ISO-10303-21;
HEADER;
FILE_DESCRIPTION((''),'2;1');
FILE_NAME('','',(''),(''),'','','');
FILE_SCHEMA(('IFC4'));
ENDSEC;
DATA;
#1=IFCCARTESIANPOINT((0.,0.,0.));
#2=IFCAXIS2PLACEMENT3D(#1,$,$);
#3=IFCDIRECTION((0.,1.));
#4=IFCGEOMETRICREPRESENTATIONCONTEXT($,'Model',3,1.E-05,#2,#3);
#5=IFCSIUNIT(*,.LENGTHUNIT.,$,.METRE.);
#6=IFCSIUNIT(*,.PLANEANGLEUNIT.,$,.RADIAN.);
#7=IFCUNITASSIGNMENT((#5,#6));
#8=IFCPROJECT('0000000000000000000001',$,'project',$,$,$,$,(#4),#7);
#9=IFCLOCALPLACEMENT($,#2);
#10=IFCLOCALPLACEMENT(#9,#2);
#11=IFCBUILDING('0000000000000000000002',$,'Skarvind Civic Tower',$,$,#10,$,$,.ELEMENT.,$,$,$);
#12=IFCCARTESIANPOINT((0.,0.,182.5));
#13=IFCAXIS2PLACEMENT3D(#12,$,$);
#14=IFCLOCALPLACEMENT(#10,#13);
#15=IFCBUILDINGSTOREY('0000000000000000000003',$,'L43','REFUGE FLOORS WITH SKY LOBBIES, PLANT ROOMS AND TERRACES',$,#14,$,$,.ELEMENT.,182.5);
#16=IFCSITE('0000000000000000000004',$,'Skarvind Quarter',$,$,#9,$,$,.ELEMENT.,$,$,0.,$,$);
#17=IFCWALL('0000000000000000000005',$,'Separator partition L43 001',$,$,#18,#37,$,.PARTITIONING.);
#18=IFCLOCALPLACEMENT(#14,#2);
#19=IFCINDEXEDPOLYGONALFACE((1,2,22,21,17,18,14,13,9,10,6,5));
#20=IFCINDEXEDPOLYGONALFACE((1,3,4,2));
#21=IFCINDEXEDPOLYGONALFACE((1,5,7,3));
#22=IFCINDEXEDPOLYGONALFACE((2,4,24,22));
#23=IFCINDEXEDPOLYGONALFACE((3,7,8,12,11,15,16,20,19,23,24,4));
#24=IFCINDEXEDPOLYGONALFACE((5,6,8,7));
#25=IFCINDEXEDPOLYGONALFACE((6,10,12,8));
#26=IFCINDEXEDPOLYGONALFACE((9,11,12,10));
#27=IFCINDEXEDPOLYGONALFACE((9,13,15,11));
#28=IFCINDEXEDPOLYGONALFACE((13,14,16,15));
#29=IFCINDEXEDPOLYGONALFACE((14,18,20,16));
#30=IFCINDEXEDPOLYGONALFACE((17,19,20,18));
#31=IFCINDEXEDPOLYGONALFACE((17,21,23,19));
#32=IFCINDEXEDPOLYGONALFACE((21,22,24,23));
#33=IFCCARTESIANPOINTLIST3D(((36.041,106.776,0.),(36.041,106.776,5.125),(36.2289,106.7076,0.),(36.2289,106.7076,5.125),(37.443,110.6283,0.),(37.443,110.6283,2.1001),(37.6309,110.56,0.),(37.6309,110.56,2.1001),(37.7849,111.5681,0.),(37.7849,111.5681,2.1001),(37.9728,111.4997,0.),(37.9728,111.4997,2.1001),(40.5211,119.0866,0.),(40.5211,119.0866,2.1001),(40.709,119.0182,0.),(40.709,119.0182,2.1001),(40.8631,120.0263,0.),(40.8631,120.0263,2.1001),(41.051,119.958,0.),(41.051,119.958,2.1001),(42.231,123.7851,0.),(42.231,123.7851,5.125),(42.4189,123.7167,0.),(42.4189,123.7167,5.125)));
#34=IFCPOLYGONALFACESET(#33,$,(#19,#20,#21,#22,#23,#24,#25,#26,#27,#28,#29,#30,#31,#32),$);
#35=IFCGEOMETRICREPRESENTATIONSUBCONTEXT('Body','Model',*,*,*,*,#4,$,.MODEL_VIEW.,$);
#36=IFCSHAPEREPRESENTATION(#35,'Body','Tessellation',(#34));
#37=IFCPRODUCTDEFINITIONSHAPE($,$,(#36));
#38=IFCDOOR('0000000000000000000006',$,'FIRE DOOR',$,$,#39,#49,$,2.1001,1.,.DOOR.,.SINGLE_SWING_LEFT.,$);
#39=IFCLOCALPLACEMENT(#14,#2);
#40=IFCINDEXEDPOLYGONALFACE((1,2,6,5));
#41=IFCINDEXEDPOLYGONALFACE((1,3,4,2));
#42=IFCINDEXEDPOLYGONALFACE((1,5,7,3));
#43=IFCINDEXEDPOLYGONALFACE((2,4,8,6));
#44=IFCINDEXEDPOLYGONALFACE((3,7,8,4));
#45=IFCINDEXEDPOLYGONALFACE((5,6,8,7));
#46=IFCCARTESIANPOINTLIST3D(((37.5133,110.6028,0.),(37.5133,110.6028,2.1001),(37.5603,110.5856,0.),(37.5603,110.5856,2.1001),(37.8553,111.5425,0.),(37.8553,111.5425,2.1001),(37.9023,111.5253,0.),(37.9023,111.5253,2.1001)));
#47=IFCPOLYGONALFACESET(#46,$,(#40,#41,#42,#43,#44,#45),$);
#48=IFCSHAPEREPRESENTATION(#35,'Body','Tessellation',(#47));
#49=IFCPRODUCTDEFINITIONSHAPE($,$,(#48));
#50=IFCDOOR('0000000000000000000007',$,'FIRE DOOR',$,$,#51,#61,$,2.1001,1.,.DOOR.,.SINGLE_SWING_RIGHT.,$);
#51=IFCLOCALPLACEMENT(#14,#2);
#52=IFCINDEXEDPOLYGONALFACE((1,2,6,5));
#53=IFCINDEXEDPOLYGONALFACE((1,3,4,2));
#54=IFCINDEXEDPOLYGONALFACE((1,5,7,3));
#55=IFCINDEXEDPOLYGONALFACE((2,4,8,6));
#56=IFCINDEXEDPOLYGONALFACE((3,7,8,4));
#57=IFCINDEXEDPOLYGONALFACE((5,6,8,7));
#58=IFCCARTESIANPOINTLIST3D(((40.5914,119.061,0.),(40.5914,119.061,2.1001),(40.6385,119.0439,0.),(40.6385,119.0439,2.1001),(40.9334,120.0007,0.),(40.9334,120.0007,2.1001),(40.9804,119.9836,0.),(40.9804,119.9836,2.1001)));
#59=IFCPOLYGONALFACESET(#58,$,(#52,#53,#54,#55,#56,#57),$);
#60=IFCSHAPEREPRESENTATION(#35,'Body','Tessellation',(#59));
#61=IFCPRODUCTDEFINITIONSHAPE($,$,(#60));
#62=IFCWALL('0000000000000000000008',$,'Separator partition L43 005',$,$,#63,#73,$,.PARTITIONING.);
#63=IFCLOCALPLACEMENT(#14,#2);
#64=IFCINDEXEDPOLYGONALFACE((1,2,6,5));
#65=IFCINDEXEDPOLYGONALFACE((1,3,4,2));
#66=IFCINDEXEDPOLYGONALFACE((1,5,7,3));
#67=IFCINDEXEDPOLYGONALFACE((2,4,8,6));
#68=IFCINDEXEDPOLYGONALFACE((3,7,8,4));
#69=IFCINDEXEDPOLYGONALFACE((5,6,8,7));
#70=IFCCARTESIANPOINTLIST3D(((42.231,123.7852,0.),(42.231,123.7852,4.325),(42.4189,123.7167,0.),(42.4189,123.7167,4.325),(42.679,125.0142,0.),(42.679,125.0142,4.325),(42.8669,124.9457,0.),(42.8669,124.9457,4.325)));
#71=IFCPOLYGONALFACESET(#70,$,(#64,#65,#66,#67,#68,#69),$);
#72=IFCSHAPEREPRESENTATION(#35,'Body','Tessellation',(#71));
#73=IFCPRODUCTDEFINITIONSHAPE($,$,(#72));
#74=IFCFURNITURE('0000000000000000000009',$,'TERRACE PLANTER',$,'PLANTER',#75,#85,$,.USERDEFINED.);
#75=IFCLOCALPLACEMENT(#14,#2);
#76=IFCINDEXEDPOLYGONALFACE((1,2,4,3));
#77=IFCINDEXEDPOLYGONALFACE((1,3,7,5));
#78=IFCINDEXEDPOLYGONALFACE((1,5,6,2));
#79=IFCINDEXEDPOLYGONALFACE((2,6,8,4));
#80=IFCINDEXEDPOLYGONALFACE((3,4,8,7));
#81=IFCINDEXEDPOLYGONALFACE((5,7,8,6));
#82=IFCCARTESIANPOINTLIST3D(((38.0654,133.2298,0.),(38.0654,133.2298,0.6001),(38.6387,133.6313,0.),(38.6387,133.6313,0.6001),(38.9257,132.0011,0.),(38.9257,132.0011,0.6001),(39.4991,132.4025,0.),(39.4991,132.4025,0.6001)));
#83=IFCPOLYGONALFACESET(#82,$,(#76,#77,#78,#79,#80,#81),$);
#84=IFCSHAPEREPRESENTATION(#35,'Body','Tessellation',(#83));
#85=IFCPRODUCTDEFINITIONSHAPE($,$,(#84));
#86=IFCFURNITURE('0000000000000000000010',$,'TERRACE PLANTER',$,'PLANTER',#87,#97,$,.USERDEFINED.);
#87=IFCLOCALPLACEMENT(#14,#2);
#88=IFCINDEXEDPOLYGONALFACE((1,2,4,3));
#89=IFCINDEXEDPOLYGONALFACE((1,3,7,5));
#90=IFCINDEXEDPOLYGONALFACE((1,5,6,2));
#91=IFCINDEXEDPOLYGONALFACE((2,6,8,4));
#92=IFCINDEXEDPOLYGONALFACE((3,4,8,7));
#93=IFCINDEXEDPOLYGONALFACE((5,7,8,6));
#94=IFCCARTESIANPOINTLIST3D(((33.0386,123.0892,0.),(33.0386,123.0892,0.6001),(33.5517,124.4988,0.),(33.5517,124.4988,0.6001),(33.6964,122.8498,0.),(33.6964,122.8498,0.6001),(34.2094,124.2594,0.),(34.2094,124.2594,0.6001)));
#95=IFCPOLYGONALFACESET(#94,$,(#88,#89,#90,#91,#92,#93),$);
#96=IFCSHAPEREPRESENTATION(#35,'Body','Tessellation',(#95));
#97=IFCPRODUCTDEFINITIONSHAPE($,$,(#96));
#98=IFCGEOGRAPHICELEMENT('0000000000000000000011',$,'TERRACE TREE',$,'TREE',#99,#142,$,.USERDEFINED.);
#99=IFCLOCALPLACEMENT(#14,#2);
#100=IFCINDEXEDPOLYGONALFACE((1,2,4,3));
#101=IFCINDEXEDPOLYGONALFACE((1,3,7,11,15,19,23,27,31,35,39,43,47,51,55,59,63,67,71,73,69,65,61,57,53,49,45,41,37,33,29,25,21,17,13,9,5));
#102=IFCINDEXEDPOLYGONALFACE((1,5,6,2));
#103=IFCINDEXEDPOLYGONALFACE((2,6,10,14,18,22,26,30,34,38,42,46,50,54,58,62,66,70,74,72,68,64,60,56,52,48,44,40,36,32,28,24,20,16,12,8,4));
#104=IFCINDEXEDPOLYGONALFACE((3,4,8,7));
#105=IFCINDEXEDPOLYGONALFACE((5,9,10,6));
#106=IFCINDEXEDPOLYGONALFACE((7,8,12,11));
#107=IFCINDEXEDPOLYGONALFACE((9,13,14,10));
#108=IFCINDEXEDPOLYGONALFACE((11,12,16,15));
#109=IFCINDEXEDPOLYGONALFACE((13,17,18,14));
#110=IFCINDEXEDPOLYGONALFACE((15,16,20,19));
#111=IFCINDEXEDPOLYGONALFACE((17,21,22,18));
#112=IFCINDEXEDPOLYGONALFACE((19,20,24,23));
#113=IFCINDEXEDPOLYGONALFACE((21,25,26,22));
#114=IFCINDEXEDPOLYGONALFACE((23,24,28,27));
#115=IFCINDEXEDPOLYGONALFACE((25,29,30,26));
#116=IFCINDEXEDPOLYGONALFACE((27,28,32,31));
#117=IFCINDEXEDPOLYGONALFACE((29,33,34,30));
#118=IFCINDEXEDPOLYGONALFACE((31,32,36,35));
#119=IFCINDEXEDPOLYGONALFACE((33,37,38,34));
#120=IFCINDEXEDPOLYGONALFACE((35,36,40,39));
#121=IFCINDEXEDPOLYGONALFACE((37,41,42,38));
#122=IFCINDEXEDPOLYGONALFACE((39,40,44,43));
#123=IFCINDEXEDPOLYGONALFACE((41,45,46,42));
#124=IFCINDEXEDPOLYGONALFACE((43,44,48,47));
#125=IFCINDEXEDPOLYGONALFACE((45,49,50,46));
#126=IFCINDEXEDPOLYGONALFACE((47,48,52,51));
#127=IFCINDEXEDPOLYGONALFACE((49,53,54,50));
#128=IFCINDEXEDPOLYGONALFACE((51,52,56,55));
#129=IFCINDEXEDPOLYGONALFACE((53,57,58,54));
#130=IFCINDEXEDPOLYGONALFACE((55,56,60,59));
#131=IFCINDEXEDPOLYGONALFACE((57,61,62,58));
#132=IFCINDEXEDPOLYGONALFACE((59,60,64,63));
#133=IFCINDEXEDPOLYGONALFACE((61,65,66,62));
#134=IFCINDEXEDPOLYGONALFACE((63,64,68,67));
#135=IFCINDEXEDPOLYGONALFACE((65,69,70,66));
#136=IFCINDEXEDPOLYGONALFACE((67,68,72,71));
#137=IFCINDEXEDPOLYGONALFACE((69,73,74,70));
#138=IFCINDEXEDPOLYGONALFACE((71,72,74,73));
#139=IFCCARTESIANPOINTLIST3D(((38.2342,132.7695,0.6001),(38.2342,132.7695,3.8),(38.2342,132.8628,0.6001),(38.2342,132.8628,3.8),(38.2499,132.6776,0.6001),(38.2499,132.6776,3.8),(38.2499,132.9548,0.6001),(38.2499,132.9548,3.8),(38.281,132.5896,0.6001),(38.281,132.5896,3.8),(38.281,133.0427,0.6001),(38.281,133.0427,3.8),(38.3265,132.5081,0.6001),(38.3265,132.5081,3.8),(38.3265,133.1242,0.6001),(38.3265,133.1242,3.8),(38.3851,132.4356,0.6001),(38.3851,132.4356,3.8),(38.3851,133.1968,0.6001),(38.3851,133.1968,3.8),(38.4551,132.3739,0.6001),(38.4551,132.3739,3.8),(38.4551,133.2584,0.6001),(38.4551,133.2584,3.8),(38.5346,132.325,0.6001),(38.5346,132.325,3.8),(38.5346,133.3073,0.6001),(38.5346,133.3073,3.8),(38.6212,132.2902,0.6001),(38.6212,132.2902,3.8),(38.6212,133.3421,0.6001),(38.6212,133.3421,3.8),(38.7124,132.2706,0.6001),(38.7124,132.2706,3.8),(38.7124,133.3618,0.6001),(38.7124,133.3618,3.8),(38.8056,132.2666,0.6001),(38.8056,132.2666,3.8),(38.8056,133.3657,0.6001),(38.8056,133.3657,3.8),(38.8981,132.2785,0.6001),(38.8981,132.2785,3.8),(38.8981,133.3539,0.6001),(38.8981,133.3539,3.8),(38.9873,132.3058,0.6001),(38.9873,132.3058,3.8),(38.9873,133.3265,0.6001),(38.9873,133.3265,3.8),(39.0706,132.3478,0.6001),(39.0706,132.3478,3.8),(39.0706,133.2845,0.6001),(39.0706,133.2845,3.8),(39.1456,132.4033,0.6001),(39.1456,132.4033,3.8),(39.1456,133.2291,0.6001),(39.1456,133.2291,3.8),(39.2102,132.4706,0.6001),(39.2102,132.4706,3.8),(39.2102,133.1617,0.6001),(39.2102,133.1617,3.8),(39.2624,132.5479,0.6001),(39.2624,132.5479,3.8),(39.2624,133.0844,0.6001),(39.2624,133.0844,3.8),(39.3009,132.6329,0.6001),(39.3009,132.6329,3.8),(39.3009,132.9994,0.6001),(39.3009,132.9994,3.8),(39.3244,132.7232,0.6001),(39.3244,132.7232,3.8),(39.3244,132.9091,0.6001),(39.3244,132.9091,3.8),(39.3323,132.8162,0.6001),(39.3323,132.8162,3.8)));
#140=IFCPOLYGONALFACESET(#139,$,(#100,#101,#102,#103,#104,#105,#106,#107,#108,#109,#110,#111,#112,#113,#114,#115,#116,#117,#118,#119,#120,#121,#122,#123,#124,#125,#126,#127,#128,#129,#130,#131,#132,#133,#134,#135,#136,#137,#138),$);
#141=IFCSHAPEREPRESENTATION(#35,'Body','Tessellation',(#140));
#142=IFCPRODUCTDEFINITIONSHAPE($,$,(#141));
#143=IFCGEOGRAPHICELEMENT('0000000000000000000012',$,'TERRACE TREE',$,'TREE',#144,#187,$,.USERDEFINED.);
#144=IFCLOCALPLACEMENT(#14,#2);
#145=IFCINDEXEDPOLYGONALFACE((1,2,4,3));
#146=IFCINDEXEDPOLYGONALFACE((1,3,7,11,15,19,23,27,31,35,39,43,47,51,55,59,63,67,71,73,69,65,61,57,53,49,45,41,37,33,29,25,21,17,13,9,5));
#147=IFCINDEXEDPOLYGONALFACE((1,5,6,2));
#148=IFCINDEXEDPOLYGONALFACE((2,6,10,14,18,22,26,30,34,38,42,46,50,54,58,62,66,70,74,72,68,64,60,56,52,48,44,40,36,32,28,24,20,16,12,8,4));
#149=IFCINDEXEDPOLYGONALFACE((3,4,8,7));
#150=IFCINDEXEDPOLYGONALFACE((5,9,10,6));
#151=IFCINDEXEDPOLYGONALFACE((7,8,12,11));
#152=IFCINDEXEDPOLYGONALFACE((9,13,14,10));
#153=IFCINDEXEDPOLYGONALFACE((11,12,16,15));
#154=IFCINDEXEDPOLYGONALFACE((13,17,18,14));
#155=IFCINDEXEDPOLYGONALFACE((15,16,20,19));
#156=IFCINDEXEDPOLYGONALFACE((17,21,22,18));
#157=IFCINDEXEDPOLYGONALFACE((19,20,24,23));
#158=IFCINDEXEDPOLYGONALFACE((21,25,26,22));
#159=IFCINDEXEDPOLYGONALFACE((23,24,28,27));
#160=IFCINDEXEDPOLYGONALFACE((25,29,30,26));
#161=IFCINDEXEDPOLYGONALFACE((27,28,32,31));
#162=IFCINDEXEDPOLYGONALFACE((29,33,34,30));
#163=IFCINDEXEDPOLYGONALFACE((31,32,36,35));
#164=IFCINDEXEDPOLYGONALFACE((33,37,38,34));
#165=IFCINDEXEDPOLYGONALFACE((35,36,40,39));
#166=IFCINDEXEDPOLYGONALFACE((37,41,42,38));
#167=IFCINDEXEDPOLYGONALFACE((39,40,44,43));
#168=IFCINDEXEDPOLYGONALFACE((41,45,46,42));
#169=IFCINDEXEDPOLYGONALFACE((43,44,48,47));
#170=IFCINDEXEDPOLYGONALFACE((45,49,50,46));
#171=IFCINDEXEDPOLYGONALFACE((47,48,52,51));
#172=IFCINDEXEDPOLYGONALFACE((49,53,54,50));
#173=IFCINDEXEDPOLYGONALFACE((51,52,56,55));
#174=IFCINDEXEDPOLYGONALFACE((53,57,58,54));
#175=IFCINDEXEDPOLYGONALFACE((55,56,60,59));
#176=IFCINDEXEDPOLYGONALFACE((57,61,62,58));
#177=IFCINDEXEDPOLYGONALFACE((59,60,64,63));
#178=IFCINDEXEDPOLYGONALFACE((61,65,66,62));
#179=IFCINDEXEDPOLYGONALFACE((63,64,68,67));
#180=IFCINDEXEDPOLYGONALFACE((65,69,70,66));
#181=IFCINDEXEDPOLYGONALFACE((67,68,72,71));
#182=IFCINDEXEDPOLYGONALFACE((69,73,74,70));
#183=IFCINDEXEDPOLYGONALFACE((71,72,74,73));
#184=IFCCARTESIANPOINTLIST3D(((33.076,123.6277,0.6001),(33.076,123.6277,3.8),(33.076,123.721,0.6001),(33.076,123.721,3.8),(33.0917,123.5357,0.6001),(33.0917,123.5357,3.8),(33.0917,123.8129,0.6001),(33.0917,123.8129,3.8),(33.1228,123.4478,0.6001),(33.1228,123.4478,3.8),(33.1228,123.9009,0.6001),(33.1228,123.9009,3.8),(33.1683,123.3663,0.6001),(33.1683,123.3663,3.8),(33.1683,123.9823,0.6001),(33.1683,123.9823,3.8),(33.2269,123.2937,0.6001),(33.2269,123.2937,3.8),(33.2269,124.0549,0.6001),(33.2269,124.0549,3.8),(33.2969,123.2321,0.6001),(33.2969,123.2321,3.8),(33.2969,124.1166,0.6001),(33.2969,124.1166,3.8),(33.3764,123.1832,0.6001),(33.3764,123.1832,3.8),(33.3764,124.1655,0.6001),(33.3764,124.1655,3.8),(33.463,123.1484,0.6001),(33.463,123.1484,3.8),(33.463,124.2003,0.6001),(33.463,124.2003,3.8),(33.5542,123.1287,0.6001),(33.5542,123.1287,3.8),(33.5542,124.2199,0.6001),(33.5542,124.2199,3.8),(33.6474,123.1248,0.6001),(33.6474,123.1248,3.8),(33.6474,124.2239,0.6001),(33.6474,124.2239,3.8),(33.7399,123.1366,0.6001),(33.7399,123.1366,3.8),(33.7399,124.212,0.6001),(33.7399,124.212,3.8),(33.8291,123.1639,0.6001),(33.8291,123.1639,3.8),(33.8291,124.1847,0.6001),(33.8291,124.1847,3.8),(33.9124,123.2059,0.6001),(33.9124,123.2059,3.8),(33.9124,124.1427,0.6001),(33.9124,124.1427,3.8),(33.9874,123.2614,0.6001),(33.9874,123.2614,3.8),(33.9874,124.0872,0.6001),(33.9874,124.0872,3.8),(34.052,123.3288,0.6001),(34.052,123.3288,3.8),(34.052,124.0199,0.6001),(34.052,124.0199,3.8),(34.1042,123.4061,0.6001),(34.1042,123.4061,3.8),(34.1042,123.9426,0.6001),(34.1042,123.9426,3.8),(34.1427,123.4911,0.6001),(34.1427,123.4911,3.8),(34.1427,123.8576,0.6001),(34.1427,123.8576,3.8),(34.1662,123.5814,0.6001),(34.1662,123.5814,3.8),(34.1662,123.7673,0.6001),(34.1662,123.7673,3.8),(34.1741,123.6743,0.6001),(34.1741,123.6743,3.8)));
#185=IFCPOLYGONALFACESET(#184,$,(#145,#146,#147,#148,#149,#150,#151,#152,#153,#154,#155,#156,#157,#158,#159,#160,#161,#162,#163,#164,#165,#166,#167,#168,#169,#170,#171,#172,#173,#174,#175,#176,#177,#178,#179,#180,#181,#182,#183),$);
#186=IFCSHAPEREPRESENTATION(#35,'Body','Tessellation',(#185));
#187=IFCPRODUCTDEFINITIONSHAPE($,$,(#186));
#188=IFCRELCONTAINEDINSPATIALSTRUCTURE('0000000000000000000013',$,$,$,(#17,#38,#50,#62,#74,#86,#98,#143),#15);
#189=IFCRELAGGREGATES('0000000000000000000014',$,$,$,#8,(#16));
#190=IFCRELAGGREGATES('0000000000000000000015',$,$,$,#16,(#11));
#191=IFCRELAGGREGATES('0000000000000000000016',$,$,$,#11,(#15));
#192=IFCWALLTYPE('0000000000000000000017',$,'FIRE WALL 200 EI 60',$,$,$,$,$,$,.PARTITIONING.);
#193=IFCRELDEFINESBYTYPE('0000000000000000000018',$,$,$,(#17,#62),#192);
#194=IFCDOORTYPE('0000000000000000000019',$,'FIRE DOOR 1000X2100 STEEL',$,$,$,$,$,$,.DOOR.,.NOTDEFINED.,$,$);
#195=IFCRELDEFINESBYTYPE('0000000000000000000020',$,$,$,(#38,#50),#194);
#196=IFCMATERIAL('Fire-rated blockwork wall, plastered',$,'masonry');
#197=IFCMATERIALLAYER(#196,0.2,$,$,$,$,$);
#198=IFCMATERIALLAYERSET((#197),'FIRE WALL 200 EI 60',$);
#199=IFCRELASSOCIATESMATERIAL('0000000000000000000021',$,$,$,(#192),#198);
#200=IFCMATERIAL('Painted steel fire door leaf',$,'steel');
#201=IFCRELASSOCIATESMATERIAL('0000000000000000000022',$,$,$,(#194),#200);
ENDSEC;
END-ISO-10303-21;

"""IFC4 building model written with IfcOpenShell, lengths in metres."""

from ifc_helpers import new_model, si_unit, direction, frame, frame_2d, origin, origin_2d, place, context, subcontext, project, spatial, rectangle, circle, extrude, material, layer, layer_set, type_object, element, fill, save


model = new_model("IFC4")

# Units and contexts
model_context = context("Model", 3, precision=1e-05, world=origin(), true_north=direction((0.0, 1.0)))
body_context = subcontext(model_context, "Body", "Model", "MODEL_VIEW")
ifc_project = project(units=[si_unit("LENGTHUNIT", "METRE"), si_unit("PLANEANGLEUNIT", "RADIAN")], contexts=[model_context])

# Site, building, storey
site_placement = place(None, origin())
site = spatial("IfcSite", under=ifc_project, at=site_placement, Name="Skarvind Quarter", CompositionType="ELEMENT", RefElevation=0.0)
building_placement = place(site_placement, origin())
building = spatial("IfcBuilding", under=site, at=building_placement, Name="Skarvind Civic Tower", CompositionType="ELEMENT")
storey_placement = place(building_placement, frame((0.0, 0.0, 182.5)))
storey = spatial("IfcBuildingStorey", under=building, at=storey_placement, Name="L43", Description="REFUGE FLOORS WITH SKY LOBBIES, PLANT ROOMS AND TERRACES", CompositionType="ELEMENT", Elevation=182.5)

# Wall, openings, doors
ifc_material_1 = material(Name="Fire-rated blockwork wall, plastered", Category="masonry")
ifc_layer_1 = layer(ifc_material_1, 0.2)
ifc_layer_set_1 = layer_set([ifc_layer_1], Name="FIRE WALL 200 EI 60")
wall_type = type_object("IfcWallType", Name="FIRE WALL 200 EI 60", PredefinedType="PARTITIONING", material=ifc_layer_set_1)
wall_1_placement = place(storey_placement, frame((42.325, 123.751, 0.0), z_axis=(0.0, 0.0, 1.0), x_axis=(-0.341979, -0.939708, 0.0)))
wall_1 = element("IfcWall", 1, at=wall_1_placement, inside=storey, type_object=wall_type, Name="Separator partition L43 001", PredefinedType="PARTITIONING", context=body_context, shape_type="SweptSolid", body=[
    extrude(rectangle(XDim=18.1003, YDim=0.2, at=frame_2d((9.0503, 0.0))), origin(), (0.0, 0.0, 1.0), 5.125),
])
opening_1_placement = place(wall_1_placement, frame((13.001, 0.0, 0.0)))
opening_1 = element("IfcOpeningElement", 2, at=opening_1_placement, cuts=wall_1, PredefinedType="OPENING", context=body_context, shape_type="SweptSolid", body=[
    extrude(rectangle(XDim=1.0, YDim=2.1001, at=frame_2d((0.5, 1.05))), frame((0.0, 0.1099, 0.0), z_axis=(0.0, -1.0, 0.0), x_axis=(1.0, 0.0, 0.0)), (0.0, 0.0, 1.0), 0.22),
])
opening_2_placement = place(wall_1_placement, frame((4.0, 0.0, 0.0)))
opening_2 = element("IfcOpeningElement", 3, at=opening_2_placement, cuts=wall_1, PredefinedType="OPENING", context=body_context, shape_type="SweptSolid", body=[
    extrude(rectangle(XDim=1.0, YDim=2.1001, at=frame_2d((0.5, 1.05))), frame((0.0, 0.1099, 0.0), z_axis=(0.0, -1.0, 0.0), x_axis=(1.0, 0.0, 0.0)), (0.0, 0.0, 1.0), 0.22),
])
ifc_material_2 = material(Name="Painted steel fire door leaf", Category="steel")
door_type = type_object("IfcDoorType", Name="FIRE DOOR 1000X2100 STEEL", OperationType="NOTDEFINED", PredefinedType="DOOR", material=ifc_material_2)
door_1_placement = place(opening_1_placement, origin())
door_1 = element("IfcDoor", 4, at=door_1_placement, inside=storey, type_object=door_type, Name="FIRE DOOR", OperationType="SINGLE_SWING_LEFT", OverallHeight=2.1001, OverallWidth=1.0, PredefinedType="DOOR", context=body_context, shape_type="SweptSolid", body=[
    extrude(rectangle(XDim=1.0, YDim=2.1001, at=frame_2d((0.5, 1.05))), frame((0.0, 0.0249, 0.0), z_axis=(0.0, -1.0, 0.0), x_axis=(1.0, 0.0, 0.0)), (0.0, 0.0, 1.0), 0.05),
])
fill(opening_1, door_1)
door_2_placement = place(opening_2_placement, origin())
door_2 = element("IfcDoor", 5, at=door_2_placement, inside=storey, type_object=door_type, Name="FIRE DOOR", OperationType="SINGLE_SWING_RIGHT", OverallHeight=2.1001, OverallWidth=1.0, PredefinedType="DOOR", context=body_context, shape_type="SweptSolid", body=[
    extrude(rectangle(XDim=1.0, YDim=2.1001, at=frame_2d((0.5, 1.05))), frame((0.0, 0.0249, 0.0), z_axis=(0.0, -1.0, 0.0), x_axis=(1.0, 0.0, 0.0)), (0.0, 0.0, 1.0), 0.05),
])
fill(opening_2, door_2)

# Wall
wall_2_placement = place(storey_placement, frame((42.325, 123.751, 0.0), z_axis=(0.0, 0.0, 1.0), x_axis=(0.342477, 0.939526, 0.0)))
element("IfcWall", 6, at=wall_2_placement, inside=storey, type_object=wall_type, Name="Separator partition L43 005", PredefinedType="PARTITIONING", context=body_context, shape_type="SweptSolid", body=[
    extrude(rectangle(XDim=1.3081, YDim=0.2, at=frame_2d((0.6541, 0.0))), origin(), (0.0, 0.0, 1.0), 4.325),
])

# Furniture
for number, where, z_axis, x_axis, name in (
    (7, (38.7822, 132.8162, 0.0), (0.0, 0.0, 1.0), (-0.573576, 0.819152, 0.0), "TERRACE PLANTER"),
    (8, (33.624, 123.6743, 0.0), (0.0, 0.0, 1.0), (0.34202, 0.939693, 0.0), "TERRACE PLANTER"),
):
    element("IfcFurniture", number, at=place(storey_placement, frame(where, z_axis=z_axis, x_axis=x_axis)), inside=storey, Name=name, ObjectType="PLANTER", PredefinedType="USERDEFINED", context=body_context, shape_type="SweptSolid", body=[
        extrude(rectangle(XDim=1.5, YDim=0.7, at=origin_2d()), origin(), (0.0, 0.0, 1.0), 0.6001),
    ])

# Geographic elements
for number, where, z_axis, x_axis, name in (
    (9, (38.7822, 132.8162, 0.6001), (0.0, 0.0, 1.0), (1.0, 0.0, 0.0), "TERRACE TREE"),
    (10, (33.624, 123.6743, 0.6001), (0.0, 0.0, 1.0), (1.0, 0.0, 0.0), "TERRACE TREE"),
):
    element("IfcGeographicElement", number, at=place(storey_placement, frame(where, z_axis=z_axis, x_axis=x_axis)), inside=storey, Name=name, ObjectType="TREE", PredefinedType="USERDEFINED", context=body_context, shape_type="SweptSolid", body=[
        extrude(circle(Radius=0.55, at=origin_2d()), origin(), (0.0, 0.0, 1.0), 3.2),
    ])

save(model, "model.ifc")
